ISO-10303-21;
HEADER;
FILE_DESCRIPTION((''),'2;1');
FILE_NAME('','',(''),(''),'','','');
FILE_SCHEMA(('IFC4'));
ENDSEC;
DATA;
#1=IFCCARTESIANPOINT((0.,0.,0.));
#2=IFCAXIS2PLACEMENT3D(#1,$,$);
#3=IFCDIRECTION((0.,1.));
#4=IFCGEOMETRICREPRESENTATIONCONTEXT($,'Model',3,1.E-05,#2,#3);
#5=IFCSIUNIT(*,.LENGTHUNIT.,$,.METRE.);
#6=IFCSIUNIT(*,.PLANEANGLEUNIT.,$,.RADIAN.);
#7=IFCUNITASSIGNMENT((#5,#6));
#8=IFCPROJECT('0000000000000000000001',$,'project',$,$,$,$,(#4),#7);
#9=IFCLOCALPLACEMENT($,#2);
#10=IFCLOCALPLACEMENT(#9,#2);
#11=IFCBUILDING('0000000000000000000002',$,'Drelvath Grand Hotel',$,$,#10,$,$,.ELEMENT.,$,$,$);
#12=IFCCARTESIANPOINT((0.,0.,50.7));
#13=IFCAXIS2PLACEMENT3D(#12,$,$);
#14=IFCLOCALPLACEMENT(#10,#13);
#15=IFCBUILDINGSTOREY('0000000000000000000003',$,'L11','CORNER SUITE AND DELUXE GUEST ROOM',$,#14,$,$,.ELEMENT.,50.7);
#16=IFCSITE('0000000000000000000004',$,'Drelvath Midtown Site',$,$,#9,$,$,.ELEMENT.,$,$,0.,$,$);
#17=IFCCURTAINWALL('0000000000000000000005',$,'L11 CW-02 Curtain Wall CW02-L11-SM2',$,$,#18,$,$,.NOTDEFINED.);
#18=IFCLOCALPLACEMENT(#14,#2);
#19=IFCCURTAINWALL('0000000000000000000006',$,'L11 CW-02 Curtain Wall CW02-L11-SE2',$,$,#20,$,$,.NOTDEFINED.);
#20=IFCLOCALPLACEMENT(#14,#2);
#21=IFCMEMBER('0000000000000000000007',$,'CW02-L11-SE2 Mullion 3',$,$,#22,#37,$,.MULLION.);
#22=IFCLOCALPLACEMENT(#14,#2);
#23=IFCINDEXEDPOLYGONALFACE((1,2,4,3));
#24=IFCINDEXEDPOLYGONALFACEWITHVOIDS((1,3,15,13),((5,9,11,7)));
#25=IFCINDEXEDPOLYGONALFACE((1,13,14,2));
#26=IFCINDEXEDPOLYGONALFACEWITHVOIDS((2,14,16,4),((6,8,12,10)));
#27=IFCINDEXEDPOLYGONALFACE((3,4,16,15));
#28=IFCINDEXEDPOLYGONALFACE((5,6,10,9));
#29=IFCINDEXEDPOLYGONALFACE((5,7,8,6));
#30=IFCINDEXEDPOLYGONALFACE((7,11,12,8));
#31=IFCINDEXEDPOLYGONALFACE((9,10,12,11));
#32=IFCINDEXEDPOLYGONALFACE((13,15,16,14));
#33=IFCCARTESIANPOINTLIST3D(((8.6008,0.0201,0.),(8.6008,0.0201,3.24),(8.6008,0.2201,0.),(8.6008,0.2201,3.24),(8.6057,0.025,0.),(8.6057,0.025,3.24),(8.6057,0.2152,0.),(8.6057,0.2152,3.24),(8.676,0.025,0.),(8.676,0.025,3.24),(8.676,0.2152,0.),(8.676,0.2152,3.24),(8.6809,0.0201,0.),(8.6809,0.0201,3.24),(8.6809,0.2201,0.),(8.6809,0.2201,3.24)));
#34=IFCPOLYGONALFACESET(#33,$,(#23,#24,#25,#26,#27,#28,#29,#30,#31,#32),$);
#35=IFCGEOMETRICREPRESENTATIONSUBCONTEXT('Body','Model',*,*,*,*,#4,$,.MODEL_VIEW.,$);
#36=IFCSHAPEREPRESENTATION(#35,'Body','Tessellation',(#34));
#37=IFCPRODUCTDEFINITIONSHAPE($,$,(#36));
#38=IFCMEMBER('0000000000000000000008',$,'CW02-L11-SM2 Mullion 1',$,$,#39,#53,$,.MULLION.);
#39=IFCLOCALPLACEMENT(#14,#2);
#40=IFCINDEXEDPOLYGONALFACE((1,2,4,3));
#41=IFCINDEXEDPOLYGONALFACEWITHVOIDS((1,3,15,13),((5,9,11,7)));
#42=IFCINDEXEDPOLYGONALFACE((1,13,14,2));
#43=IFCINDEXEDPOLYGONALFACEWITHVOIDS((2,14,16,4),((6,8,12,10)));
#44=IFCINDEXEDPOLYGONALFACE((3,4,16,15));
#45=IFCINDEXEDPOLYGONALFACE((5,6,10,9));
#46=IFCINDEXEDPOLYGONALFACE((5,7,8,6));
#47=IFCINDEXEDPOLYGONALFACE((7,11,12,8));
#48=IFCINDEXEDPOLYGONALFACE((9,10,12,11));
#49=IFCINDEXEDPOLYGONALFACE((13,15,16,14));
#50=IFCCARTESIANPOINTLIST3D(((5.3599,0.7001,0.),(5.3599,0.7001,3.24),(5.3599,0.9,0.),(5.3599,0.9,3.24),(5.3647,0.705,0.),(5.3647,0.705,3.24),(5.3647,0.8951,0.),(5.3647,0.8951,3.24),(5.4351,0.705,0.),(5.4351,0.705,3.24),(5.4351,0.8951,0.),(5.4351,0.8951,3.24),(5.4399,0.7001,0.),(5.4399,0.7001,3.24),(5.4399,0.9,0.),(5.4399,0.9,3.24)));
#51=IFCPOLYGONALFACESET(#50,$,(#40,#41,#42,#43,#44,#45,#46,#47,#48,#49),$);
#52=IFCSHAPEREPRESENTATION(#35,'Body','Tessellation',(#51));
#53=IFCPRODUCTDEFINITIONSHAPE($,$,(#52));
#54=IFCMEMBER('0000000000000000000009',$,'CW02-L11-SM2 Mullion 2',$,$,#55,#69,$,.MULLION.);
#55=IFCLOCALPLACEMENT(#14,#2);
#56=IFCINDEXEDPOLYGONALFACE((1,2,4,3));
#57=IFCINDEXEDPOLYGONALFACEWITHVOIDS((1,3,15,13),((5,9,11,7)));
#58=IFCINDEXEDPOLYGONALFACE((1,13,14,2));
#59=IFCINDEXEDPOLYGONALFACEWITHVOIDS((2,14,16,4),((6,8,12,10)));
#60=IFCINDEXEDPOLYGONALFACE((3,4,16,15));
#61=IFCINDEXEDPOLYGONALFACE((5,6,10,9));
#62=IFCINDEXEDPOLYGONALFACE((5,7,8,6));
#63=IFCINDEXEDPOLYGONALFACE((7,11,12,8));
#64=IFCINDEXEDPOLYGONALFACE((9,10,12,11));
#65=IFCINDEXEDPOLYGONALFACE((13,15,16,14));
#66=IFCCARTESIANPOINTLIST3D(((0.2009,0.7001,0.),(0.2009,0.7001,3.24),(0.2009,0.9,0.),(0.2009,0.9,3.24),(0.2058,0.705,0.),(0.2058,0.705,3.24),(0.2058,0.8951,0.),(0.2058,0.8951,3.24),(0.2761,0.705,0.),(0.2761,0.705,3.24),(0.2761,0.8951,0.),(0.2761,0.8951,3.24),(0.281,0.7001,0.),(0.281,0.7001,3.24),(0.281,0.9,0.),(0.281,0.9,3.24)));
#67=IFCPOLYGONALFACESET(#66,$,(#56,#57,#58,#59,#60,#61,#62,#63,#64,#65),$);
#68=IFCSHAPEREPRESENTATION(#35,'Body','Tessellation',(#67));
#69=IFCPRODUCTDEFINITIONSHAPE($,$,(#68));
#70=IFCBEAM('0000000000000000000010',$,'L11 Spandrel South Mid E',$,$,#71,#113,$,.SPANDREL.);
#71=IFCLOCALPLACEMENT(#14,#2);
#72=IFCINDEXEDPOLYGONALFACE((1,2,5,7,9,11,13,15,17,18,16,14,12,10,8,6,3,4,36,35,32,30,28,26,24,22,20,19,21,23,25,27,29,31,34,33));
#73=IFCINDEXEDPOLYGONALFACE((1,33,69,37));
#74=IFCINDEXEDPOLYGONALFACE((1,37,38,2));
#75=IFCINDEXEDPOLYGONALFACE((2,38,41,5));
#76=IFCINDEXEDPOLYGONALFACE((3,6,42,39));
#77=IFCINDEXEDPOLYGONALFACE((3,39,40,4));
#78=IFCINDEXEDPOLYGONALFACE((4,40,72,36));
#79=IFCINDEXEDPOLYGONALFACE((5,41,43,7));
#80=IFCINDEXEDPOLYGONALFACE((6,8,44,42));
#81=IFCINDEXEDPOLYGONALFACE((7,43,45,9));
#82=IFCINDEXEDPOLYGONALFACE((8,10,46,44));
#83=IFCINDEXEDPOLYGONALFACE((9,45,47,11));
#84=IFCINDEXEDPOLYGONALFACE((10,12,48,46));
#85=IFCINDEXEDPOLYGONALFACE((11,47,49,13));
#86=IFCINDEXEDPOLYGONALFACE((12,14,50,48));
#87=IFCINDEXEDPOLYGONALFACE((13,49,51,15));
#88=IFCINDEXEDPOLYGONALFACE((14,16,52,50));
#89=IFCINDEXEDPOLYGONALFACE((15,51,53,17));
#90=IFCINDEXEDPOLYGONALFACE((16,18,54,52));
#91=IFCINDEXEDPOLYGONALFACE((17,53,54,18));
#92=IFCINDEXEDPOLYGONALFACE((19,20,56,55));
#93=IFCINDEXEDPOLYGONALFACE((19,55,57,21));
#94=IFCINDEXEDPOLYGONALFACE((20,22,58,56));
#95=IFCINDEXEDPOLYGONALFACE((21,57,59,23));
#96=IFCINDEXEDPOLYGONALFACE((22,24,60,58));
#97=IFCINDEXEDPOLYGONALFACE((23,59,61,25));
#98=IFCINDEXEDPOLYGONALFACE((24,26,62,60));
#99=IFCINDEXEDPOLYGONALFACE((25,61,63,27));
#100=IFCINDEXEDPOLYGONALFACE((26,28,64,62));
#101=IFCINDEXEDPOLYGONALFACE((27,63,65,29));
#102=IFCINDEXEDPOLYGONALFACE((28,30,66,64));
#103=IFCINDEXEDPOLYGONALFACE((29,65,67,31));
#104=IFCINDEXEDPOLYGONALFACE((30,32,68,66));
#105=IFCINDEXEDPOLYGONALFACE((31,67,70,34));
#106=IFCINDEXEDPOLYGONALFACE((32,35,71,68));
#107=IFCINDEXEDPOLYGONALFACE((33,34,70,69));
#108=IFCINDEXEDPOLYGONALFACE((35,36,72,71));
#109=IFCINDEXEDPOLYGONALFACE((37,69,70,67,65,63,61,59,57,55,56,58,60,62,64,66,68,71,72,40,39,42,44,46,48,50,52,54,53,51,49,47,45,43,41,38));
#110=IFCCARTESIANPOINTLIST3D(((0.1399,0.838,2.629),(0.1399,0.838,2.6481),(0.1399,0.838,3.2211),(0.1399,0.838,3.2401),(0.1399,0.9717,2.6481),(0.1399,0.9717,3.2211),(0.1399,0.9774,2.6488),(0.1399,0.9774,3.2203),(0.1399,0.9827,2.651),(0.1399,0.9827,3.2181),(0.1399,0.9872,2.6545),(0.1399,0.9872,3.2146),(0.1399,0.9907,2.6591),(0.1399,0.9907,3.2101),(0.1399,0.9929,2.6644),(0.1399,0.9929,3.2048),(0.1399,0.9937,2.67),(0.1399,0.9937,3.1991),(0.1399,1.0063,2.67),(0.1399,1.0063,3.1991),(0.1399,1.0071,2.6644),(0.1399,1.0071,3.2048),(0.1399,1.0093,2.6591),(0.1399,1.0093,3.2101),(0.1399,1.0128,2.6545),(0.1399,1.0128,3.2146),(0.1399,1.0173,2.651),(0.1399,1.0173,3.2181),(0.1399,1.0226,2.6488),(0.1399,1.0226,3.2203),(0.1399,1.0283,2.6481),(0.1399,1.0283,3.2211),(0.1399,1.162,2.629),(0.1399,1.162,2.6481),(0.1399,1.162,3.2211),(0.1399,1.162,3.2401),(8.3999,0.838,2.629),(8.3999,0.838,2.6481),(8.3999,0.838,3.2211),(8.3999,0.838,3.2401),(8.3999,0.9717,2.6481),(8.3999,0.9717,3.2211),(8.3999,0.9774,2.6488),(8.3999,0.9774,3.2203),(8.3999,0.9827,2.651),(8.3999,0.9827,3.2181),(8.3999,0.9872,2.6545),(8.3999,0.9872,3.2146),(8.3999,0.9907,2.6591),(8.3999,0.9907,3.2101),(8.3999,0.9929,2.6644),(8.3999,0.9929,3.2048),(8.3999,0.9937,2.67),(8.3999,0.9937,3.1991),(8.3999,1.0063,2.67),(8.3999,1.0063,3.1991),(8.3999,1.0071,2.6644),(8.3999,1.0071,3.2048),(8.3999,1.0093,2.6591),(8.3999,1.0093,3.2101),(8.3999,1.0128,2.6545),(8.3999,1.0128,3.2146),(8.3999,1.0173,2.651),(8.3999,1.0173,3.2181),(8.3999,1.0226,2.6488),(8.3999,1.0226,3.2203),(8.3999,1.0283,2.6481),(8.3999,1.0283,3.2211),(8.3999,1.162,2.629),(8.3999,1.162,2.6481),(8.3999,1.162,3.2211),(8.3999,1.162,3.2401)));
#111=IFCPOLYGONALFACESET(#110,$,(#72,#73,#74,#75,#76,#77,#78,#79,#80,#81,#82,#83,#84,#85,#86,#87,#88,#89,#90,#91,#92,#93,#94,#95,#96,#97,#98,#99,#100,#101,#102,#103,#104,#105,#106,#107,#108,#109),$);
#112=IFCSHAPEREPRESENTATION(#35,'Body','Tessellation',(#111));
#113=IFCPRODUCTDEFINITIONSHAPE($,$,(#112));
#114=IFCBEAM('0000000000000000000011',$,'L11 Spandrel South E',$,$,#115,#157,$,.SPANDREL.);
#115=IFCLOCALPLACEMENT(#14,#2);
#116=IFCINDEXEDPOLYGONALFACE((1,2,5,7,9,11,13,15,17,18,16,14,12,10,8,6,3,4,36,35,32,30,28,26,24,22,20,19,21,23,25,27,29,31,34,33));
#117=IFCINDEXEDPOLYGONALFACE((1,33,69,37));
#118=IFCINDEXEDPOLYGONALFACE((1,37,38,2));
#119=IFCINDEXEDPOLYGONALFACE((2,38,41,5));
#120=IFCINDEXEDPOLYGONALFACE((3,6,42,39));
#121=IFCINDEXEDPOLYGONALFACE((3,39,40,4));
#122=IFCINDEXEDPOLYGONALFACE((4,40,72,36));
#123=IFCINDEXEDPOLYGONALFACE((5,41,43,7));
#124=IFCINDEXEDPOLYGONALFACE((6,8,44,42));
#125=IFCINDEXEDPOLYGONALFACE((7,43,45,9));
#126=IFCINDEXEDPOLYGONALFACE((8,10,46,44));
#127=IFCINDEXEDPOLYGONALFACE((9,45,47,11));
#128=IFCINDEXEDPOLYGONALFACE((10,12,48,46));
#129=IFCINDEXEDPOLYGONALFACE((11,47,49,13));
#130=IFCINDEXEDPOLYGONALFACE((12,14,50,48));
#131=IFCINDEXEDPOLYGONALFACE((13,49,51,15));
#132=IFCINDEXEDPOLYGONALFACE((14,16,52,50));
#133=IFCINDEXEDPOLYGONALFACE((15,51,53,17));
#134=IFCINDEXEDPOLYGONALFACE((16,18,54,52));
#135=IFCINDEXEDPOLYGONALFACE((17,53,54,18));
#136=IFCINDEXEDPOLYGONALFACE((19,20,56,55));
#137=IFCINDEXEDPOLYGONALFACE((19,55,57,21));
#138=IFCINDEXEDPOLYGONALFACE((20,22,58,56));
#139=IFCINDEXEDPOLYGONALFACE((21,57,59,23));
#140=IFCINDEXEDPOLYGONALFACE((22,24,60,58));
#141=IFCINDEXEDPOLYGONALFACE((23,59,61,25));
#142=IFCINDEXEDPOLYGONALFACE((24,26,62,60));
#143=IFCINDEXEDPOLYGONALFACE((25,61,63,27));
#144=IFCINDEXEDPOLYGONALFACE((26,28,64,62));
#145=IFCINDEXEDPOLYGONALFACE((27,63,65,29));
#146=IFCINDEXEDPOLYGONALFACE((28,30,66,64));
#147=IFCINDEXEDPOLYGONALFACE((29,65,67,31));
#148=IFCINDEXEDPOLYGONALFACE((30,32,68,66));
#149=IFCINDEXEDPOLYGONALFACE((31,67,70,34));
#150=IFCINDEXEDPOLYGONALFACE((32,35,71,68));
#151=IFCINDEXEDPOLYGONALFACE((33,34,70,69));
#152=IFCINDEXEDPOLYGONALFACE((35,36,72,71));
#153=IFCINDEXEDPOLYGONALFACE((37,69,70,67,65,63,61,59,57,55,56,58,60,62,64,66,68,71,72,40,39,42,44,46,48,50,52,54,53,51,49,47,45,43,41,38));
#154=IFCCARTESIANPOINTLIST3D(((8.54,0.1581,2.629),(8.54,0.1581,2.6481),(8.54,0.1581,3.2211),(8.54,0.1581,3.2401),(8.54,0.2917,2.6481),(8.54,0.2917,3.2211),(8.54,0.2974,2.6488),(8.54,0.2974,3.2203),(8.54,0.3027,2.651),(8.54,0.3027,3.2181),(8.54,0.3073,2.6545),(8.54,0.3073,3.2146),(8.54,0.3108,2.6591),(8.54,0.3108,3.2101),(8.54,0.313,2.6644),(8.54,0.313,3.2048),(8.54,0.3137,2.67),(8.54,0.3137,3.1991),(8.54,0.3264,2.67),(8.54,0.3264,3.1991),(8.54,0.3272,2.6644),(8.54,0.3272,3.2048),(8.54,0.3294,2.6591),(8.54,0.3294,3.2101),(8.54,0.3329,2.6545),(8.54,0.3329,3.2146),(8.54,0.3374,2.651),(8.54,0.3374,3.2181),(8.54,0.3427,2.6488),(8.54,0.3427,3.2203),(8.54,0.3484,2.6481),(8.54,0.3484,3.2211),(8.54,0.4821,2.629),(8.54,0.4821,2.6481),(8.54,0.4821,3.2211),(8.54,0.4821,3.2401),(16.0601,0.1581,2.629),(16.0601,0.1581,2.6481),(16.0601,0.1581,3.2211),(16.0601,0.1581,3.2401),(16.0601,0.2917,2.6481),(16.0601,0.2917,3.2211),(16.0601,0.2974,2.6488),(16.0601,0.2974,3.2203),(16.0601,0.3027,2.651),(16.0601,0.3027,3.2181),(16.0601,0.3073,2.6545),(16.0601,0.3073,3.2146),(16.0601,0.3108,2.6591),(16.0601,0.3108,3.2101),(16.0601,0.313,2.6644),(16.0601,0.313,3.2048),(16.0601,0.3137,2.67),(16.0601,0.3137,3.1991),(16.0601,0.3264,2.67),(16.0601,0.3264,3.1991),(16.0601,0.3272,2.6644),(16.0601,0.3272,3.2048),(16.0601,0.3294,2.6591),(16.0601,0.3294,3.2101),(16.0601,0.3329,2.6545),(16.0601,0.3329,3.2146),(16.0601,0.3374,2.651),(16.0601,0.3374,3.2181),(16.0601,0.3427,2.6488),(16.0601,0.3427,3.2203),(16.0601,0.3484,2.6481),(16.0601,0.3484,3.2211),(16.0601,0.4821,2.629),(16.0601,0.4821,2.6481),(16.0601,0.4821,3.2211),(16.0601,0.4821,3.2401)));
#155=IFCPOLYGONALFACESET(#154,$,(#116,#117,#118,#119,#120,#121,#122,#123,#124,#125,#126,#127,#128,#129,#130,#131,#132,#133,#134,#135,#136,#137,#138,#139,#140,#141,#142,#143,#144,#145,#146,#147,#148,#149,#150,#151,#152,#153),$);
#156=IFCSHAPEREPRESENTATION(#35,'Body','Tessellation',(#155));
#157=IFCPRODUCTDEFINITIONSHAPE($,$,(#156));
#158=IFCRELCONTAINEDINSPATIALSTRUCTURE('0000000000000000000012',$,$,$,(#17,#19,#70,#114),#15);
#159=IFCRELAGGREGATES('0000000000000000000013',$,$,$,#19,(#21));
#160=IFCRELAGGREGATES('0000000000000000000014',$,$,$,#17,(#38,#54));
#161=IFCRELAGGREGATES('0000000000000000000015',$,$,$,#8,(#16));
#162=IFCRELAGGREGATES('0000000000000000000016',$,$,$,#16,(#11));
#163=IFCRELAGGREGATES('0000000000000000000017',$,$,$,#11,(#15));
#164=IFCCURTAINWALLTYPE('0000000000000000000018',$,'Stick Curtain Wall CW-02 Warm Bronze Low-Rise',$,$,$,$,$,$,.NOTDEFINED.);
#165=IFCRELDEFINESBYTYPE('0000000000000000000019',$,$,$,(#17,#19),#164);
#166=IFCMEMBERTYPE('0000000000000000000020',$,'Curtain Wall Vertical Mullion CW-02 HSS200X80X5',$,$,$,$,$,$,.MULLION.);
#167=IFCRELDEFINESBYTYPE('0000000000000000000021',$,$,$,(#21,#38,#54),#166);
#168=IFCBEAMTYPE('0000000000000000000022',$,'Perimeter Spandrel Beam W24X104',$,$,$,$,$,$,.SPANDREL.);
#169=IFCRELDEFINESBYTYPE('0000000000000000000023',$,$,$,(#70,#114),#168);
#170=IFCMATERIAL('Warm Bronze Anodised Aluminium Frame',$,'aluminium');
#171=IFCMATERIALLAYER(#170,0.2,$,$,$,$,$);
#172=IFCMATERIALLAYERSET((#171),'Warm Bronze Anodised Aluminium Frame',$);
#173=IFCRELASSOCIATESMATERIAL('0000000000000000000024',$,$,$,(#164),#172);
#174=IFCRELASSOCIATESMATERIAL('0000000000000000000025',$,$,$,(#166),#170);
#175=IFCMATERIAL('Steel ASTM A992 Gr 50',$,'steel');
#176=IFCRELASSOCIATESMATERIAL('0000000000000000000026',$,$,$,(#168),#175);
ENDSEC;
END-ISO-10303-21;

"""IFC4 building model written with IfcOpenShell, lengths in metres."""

from ifc_helpers import new_model, si_unit, direction, frame, origin, origin_2d, place, context, subcontext, project, spatial, hollow_rectangle, i_section, extrude, material, layer, layer_set, material_profile, profile_set, type_object, element, aggregate, save


model = new_model("IFC4")

# Units and contexts
model_context = context("Model", 3, precision=1e-05, world=origin(), true_north=direction((0.0, 1.0)))
body_context = subcontext(model_context, "Body", "Model", "MODEL_VIEW")
ifc_project = project(units=[si_unit("LENGTHUNIT", "METRE"), si_unit("PLANEANGLEUNIT", "RADIAN")], contexts=[model_context])

# Site, building, storey
site_placement = place(None, origin())
site = spatial("IfcSite", under=ifc_project, at=site_placement, Name="Drelvath Midtown Site", CompositionType="ELEMENT", RefElevation=0.0)
building_placement = place(site_placement, origin())
building = spatial("IfcBuilding", under=site, at=building_placement, Name="Drelvath Grand Hotel", CompositionType="ELEMENT")
storey_placement = place(building_placement, frame((0.0, 0.0, 50.7)))
storey = spatial("IfcBuildingStorey", under=building, at=storey_placement, Name="L11", Description="CORNER SUITE AND DELUXE GUEST ROOM", CompositionType="ELEMENT", Elevation=50.7)

# Shared definitions
ifc_material_1 = material(Name="Steel ASTM A992 Gr 50", Category="steel")

# Curtain wall
ifc_material_2 = material(Name="Warm Bronze Anodised Aluminium Frame", Category="aluminium")
ifc_layer_1 = layer(ifc_material_2, 0.2)
ifc_layer_set_1 = layer_set([ifc_layer_1], Name="Warm Bronze Anodised Aluminium Frame")
curtain_wall_type = type_object("IfcCurtainWallType", Name="Stick Curtain Wall CW-02 Warm Bronze Low-Rise", PredefinedType="NOTDEFINED", material=ifc_layer_set_1)
curtain_wall_1_placement = place(storey_placement, origin())
curtain_wall_1 = element("IfcCurtainWall", 1, at=curtain_wall_1_placement, inside=storey, type_object=curtain_wall_type, Name="L11 CW-02 Curtain Wall CW02-L11-SM2", PredefinedType="NOTDEFINED")

# Shared definitions
ifc_material_profile_1 = material_profile(ifc_material_2, hollow_rectangle(XDim=0.0801, YDim=0.2, WallThickness=0.0049, at=origin_2d()), Name="HSS200X80X5")
ifc_profile_set_1 = profile_set([ifc_material_profile_1], Name="Warm Bronze Anodised Aluminium Frame")
member_type_1 = type_object("IfcMemberType", Name="Curtain Wall Vertical Mullion CW-02 HSS200X80X5", PredefinedType="MULLION", material=ifc_profile_set_1)

# Curtain wall, member
curtain_wall_2_placement = place(storey_placement, origin())
curtain_wall_2 = element("IfcCurtainWall", 2, at=curtain_wall_2_placement, inside=storey, type_object=curtain_wall_type, Name="L11 CW-02 Curtain Wall CW02-L11-SE2", PredefinedType="NOTDEFINED")
member_1_placement = place(storey_placement, frame((8.6409, 0.1201, 0.0), z_axis=(0.0, 0.0, 1.0), x_axis=(1.0, 0.0, 0.0)))
member_1 = element("IfcMember", 3, at=member_1_placement, type_object=member_type_1, Name="CW02-L11-SE2 Mullion 3", PredefinedType="MULLION", context=body_context, shape_type="SweptSolid", body=[
    extrude(hollow_rectangle(XDim=0.0801, YDim=0.2, WallThickness=0.0049, at=origin_2d()), origin(), (0.0, 0.0, 1.0), 3.24),
])

# Members
member_2_placement = place(storey_placement, frame((5.3999, 0.8, 0.0), z_axis=(0.0, 0.0, 1.0), x_axis=(1.0, 0.0, 0.0)))
member_2 = element("IfcMember", 4, at=member_2_placement, type_object=member_type_1, Name="CW02-L11-SM2 Mullion 1", PredefinedType="MULLION", context=body_context, shape_type="SweptSolid", body=[
    extrude(hollow_rectangle(XDim=0.0801, YDim=0.2, WallThickness=0.0049, at=origin_2d()), origin(), (0.0, 0.0, 1.0), 3.24),
])
member_3_placement = place(storey_placement, frame((0.241, 0.8, 0.0), z_axis=(0.0, 0.0, 1.0), x_axis=(1.0, 0.0, 0.0)))
member_3 = element("IfcMember", 5, at=member_3_placement, type_object=member_type_1, Name="CW02-L11-SM2 Mullion 2", PredefinedType="MULLION", context=body_context, shape_type="SweptSolid", body=[
    extrude(hollow_rectangle(XDim=0.0801, YDim=0.2, WallThickness=0.0049, at=origin_2d()), origin(), (0.0, 0.0, 1.0), 3.24),
])

# Beams
ifc_material_profile_2 = material_profile(ifc_material_1, i_section(OverallWidth=0.324, OverallDepth=0.6111, WebThickness=0.0127, FlangeThickness=0.019, FilletRadius=0.022, at=origin_2d()), Name="W24X104")
ifc_profile_set_2 = profile_set([ifc_material_profile_2], Name="Steel ASTM A992 Gr 50")
beam_type_1 = type_object("IfcBeamType", Name="Perimeter Spandrel Beam W24X104", PredefinedType="SPANDREL", material=ifc_profile_set_2)
beam_1_placement = place(storey_placement, frame((0.1399, 1.0, 2.9346), z_axis=(1.0, 0.0, 0.0), x_axis=(0.0, 1.0, 0.0)))
element("IfcBeam", 6, at=beam_1_placement, inside=storey, type_object=beam_type_1, Name="L11 Spandrel South Mid E", PredefinedType="SPANDREL", context=body_context, shape_type="SweptSolid", body=[
    extrude(i_section(OverallWidth=0.324, OverallDepth=0.6111, WebThickness=0.0127, FlangeThickness=0.019, FilletRadius=0.022, at=origin_2d()), origin(), (0.0, 0.0, 1.0), 8.26),
])
beam_2_placement = place(storey_placement, frame((8.54, 0.3201, 2.9346), z_axis=(1.0, 0.0, 0.0), x_axis=(0.0, 1.0, 0.0)))
element("IfcBeam", 7, at=beam_2_placement, inside=storey, type_object=beam_type_1, Name="L11 Spandrel South E", PredefinedType="SPANDREL", context=body_context, shape_type="SweptSolid", body=[
    extrude(i_section(OverallWidth=0.324, OverallDepth=0.6111, WebThickness=0.0127, FlangeThickness=0.019, FilletRadius=0.022, at=origin_2d()), origin(), (0.0, 0.0, 1.0), 7.52),
])

aggregate(curtain_wall_2, [member_1])
aggregate(curtain_wall_1, [member_2, member_3])

save(model, "model.ifc")
